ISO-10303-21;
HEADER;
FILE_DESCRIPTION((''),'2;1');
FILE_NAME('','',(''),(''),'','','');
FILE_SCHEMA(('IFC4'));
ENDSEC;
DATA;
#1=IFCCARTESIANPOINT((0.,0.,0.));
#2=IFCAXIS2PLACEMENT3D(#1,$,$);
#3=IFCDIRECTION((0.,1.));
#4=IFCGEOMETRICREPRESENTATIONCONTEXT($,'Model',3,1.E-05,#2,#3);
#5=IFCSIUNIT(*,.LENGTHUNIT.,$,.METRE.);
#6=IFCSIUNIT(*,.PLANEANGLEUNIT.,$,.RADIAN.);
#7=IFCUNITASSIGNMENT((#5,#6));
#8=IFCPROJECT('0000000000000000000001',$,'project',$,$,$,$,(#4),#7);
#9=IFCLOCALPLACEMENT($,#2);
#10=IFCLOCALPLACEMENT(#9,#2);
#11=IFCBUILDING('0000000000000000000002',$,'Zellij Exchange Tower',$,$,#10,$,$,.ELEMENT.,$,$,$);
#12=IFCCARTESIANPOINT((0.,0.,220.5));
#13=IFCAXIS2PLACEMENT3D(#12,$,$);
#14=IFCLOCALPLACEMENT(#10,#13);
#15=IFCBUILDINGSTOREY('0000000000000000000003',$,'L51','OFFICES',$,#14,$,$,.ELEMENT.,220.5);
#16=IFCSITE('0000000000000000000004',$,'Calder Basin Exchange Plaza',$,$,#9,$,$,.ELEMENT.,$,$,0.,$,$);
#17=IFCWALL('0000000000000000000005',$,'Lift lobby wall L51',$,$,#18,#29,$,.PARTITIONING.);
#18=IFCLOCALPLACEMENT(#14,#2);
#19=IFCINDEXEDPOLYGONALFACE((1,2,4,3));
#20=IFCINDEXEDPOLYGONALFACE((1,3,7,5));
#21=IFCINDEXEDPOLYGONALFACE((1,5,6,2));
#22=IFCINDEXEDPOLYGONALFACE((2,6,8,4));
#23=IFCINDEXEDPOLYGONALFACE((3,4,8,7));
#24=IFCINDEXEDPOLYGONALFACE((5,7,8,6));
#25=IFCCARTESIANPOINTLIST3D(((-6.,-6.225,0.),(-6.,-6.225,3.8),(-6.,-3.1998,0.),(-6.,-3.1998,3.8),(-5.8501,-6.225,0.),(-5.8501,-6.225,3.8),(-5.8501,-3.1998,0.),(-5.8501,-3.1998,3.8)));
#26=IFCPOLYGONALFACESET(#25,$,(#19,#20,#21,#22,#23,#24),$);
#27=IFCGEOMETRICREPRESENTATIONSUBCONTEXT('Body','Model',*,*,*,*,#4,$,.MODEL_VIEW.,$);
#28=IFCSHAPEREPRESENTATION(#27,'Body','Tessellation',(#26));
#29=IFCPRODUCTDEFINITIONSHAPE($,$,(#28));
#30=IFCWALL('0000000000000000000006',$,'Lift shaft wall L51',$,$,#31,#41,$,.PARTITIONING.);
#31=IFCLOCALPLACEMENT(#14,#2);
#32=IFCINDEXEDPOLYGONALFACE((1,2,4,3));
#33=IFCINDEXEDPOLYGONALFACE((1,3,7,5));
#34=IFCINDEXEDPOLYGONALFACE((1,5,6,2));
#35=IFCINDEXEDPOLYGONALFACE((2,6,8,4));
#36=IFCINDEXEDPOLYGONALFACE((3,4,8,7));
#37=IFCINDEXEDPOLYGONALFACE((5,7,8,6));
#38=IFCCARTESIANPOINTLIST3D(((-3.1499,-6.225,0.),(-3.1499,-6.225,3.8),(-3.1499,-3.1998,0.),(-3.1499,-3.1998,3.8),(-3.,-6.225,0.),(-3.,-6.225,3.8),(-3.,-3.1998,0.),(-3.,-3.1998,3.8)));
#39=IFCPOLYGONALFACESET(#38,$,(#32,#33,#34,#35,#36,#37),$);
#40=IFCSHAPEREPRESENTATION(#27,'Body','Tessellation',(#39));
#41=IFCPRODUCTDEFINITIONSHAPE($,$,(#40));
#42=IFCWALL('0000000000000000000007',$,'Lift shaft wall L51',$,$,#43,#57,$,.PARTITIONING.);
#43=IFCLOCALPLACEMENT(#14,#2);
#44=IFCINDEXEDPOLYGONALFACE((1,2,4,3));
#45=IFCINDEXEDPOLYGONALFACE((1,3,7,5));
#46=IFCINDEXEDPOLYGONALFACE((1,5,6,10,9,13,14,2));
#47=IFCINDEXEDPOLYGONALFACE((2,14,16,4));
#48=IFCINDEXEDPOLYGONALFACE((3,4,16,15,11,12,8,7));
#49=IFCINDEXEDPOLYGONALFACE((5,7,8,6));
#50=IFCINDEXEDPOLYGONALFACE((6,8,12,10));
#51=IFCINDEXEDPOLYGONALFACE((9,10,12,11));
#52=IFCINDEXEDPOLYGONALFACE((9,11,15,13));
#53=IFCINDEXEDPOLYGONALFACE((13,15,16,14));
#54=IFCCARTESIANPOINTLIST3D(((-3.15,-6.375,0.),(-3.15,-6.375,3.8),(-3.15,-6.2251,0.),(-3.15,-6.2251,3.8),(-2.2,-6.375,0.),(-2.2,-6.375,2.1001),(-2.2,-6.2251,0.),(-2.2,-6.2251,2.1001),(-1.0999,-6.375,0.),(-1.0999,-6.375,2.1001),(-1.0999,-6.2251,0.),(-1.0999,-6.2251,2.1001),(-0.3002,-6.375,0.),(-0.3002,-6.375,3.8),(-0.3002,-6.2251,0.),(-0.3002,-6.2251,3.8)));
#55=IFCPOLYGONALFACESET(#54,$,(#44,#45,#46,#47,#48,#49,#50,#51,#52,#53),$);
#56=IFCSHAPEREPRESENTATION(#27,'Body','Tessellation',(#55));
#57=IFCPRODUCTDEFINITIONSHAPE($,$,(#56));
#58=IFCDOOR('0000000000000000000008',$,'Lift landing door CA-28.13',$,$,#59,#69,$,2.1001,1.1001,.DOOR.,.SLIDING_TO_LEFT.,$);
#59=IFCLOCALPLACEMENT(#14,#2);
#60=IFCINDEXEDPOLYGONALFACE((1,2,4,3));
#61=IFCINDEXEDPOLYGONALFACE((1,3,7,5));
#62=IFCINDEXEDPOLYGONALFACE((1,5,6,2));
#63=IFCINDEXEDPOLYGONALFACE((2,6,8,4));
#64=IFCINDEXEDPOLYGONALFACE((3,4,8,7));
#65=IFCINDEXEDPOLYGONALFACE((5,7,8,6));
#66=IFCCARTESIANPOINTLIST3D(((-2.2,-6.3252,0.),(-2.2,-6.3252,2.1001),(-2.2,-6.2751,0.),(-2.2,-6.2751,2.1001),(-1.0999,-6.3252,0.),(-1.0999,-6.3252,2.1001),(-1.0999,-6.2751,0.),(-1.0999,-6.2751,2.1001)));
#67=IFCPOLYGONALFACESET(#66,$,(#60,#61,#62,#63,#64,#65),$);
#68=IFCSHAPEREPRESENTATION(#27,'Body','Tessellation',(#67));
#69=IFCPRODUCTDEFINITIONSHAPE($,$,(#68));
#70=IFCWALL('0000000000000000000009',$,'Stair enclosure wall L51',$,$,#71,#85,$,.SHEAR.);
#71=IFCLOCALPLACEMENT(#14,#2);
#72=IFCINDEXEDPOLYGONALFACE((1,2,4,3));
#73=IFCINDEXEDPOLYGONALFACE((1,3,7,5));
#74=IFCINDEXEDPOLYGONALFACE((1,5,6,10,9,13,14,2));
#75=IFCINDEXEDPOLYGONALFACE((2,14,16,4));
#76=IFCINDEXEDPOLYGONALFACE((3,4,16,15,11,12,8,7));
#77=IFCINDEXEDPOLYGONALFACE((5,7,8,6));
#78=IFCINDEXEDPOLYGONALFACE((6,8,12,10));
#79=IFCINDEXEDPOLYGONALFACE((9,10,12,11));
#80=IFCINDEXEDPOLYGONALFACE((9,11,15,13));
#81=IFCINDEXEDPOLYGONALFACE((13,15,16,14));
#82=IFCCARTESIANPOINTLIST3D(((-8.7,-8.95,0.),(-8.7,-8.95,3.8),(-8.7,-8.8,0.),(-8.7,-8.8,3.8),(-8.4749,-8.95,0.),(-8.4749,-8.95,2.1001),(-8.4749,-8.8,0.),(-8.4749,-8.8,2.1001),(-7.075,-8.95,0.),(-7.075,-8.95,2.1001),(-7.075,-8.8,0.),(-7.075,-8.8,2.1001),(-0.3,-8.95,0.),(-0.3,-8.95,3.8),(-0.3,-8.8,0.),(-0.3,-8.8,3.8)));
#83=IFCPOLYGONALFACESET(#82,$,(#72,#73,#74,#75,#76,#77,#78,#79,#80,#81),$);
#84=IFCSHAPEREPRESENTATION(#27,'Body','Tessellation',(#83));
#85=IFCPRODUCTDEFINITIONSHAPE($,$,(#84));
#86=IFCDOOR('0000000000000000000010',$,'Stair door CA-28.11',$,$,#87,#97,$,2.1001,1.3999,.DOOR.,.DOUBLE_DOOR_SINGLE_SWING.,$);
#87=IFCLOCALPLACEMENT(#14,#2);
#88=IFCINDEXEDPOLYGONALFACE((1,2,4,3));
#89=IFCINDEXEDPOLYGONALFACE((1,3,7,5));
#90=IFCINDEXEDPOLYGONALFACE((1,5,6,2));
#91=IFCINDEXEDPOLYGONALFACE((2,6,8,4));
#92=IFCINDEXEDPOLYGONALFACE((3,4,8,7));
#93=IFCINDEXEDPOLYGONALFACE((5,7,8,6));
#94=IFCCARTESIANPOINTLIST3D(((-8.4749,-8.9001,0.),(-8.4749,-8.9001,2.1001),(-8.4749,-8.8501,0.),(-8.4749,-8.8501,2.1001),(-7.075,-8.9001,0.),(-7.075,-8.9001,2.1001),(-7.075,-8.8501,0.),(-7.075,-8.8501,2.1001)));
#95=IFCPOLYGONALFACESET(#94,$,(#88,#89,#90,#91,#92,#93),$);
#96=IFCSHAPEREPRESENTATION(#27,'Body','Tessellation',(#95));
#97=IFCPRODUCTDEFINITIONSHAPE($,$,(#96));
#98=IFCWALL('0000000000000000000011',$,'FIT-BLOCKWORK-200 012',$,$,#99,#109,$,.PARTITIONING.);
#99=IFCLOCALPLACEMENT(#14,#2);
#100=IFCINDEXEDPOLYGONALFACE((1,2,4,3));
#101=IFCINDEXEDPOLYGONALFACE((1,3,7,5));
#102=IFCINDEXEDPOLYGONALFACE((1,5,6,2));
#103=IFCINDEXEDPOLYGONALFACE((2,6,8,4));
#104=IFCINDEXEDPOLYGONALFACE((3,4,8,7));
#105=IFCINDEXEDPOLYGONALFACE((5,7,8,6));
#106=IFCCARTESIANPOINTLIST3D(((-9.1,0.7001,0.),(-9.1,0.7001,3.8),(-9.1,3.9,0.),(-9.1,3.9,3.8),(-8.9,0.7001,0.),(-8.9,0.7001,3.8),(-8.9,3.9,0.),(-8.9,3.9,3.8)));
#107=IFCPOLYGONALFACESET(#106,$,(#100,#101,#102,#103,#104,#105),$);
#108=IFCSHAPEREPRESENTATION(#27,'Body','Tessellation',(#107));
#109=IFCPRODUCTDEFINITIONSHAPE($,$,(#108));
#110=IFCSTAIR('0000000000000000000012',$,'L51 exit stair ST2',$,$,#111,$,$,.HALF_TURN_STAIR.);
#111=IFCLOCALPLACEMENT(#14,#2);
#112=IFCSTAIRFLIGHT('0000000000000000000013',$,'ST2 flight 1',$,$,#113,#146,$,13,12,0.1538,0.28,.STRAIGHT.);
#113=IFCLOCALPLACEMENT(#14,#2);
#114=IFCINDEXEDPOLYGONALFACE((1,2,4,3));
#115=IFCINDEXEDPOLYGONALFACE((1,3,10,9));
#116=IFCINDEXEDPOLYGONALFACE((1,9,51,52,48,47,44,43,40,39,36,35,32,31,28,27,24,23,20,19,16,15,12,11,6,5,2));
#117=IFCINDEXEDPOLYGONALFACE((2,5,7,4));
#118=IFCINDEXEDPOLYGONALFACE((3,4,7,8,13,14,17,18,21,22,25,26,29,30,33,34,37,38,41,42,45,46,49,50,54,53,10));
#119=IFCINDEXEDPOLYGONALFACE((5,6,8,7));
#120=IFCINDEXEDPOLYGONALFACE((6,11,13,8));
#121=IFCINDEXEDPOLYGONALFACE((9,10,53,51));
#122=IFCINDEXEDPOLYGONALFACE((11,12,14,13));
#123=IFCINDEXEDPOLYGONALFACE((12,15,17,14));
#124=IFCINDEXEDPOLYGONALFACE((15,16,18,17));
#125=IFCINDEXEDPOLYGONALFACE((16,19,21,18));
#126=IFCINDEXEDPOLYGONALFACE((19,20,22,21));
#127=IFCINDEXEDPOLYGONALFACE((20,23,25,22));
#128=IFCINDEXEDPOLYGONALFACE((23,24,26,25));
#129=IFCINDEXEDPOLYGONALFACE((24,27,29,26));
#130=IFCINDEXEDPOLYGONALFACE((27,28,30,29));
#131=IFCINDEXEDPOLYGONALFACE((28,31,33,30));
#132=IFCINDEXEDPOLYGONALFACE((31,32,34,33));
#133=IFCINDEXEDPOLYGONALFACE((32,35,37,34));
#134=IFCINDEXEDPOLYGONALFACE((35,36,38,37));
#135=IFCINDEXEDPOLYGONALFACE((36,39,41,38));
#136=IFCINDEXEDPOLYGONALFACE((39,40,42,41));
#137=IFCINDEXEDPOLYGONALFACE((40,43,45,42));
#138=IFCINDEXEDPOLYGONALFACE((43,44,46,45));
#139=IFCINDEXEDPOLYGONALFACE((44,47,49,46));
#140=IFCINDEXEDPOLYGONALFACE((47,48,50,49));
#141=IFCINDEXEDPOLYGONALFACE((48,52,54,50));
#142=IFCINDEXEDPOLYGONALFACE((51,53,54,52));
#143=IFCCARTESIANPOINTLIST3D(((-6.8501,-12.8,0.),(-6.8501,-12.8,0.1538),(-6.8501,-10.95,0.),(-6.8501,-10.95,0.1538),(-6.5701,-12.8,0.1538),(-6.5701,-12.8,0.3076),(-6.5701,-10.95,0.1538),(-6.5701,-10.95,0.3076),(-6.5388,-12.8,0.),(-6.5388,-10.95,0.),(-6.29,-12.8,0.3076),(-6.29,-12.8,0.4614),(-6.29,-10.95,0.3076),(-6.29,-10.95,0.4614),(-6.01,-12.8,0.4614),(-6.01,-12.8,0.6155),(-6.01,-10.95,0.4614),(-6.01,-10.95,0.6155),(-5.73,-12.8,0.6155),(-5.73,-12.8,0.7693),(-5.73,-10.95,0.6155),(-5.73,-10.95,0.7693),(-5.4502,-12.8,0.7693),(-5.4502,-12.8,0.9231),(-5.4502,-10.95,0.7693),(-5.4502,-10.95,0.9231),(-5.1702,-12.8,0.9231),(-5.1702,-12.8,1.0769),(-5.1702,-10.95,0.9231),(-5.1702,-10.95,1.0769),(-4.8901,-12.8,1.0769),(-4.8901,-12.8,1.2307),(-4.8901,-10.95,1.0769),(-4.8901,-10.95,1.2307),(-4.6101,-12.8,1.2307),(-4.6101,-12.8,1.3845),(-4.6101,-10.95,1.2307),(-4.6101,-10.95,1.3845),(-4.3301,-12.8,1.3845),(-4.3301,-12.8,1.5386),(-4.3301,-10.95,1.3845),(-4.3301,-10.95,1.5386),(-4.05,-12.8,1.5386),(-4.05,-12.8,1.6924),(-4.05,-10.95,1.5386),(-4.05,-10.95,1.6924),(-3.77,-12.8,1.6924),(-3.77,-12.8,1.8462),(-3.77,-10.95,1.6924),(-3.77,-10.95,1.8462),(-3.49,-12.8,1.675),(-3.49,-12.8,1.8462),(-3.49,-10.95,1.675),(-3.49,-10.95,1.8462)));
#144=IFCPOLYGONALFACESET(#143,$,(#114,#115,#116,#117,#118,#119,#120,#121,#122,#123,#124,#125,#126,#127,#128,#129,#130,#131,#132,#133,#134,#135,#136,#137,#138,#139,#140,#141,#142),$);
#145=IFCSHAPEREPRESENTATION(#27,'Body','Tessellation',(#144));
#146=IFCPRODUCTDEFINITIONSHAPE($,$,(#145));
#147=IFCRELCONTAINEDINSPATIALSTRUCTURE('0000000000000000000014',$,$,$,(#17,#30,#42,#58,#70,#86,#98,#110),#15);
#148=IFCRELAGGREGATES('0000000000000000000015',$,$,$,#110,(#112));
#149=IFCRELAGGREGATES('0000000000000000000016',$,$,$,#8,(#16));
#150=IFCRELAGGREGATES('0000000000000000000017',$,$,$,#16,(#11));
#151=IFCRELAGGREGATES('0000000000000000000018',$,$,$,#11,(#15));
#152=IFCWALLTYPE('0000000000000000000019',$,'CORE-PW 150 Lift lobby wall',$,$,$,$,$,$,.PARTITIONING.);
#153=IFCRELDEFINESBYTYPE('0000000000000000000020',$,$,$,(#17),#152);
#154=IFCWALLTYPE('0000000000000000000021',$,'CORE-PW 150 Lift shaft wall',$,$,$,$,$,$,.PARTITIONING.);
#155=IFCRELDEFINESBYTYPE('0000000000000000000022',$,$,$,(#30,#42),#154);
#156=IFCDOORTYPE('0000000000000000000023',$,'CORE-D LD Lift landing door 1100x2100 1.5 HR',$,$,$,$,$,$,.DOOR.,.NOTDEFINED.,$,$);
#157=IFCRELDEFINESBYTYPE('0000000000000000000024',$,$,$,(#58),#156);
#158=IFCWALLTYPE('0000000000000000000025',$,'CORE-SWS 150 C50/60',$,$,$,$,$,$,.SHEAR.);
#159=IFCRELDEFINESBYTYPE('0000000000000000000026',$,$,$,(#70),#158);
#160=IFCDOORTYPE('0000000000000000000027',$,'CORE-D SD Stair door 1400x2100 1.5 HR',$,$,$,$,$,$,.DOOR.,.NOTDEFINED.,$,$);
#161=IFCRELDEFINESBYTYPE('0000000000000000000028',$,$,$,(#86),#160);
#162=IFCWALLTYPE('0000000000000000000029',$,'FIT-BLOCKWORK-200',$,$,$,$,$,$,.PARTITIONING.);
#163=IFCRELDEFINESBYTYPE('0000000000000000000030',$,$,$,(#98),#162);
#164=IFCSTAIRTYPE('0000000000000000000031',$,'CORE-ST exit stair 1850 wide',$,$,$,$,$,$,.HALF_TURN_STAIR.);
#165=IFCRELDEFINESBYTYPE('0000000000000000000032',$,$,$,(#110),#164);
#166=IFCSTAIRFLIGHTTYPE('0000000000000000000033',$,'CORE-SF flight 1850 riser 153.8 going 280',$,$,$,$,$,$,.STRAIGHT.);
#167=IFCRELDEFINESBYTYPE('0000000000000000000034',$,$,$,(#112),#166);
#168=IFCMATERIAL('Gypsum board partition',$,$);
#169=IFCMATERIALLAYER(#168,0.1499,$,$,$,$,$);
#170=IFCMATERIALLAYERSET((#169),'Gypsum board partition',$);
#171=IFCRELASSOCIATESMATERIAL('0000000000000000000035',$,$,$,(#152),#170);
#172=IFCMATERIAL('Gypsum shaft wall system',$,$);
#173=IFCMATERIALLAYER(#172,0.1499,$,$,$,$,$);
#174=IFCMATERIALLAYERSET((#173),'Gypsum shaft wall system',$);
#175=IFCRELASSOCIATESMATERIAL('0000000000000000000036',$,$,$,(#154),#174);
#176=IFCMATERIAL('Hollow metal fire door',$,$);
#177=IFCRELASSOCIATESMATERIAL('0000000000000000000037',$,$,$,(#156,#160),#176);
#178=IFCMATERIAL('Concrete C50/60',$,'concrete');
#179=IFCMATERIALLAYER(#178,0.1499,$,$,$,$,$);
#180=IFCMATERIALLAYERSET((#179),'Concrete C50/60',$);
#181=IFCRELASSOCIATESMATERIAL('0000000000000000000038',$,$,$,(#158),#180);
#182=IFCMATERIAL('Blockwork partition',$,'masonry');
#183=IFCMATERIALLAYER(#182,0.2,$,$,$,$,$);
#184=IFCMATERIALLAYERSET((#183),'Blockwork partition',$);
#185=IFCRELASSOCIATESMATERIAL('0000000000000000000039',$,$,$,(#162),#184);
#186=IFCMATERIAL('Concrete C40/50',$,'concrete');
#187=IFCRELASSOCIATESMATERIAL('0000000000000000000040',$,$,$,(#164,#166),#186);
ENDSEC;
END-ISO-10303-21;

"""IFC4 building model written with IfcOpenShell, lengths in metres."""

from ifc_helpers import new_model, si_unit, direction, frame, frame_2d, origin, place, context, subcontext, project, spatial, polyline, rectangle, outline, extrude, material, layer, layer_set, type_object, element, fill, aggregate, save


model = new_model("IFC4")

# Units and contexts
model_context = context("Model", 3, precision=1e-05, world=origin(), true_north=direction((0.0, 1.0)))
body_context = subcontext(model_context, "Body", "Model", "MODEL_VIEW")
ifc_project = project(units=[si_unit("LENGTHUNIT", "METRE"), si_unit("PLANEANGLEUNIT", "RADIAN")], contexts=[model_context])

# Site, building, storey
site_placement = place(None, origin())
site = spatial("IfcSite", under=ifc_project, at=site_placement, Name="Calder Basin Exchange Plaza", CompositionType="ELEMENT", RefElevation=0.0)
building_placement = place(site_placement, origin())
building = spatial("IfcBuilding", under=site, at=building_placement, Name="Zellij Exchange Tower", CompositionType="ELEMENT")
storey_placement = place(building_placement, frame((0.0, 0.0, 220.5)))
storey = spatial("IfcBuildingStorey", under=building, at=storey_placement, Name="L51", Description="OFFICES", CompositionType="ELEMENT", Elevation=220.5)

# Shared definitions
ifc_material_1 = material(Name="Concrete C50/60", Category="concrete")

# Shared definitions
ifc_material_2 = material(Name="Concrete C40/50", Category="concrete")

# Shared definitions
ifc_material_3 = material(Name="Gypsum shaft wall system")
ifc_material_4 = material(Name="Hollow metal fire door")

# Walls
ifc_material_5 = material(Name="Gypsum board partition")
ifc_layer_1 = layer(ifc_material_5, 0.1499)
ifc_layer_set_1 = layer_set([ifc_layer_1], Name="Gypsum board partition")
wall_type_1 = type_object("IfcWallType", Name="CORE-PW 150 Lift lobby wall", PredefinedType="PARTITIONING", material=ifc_layer_set_1)
wall_1_placement = place(storey_placement, frame((-5.925, -6.2251, 0.0), z_axis=(0.0, 0.0, 1.0), x_axis=(0.0, 1.0, 0.0)))
element("IfcWall", 1, at=wall_1_placement, inside=storey, type_object=wall_type_1, Name="Lift lobby wall L51", PredefinedType="PARTITIONING", context=body_context, shape_type="SweptSolid", body=[
    extrude(rectangle(XDim=3.0251, YDim=0.1499, at=frame_2d((1.5127, 0.0))), origin(), (0.0, 0.0, 1.0), 3.8),
])
ifc_layer_2 = layer(ifc_material_3, 0.1499)
ifc_layer_set_2 = layer_set([ifc_layer_2], Name="Gypsum shaft wall system")
wall_type_2 = type_object("IfcWallType", Name="CORE-PW 150 Lift shaft wall", PredefinedType="PARTITIONING", material=ifc_layer_set_2)
wall_2_placement = place(storey_placement, frame((-3.075, -6.2251, 0.0), z_axis=(0.0, 0.0, 1.0), x_axis=(0.0, 1.0, 0.0)))
element("IfcWall", 2, at=wall_2_placement, inside=storey, type_object=wall_type_2, Name="Lift shaft wall L51", PredefinedType="PARTITIONING", context=body_context, shape_type="SweptSolid", body=[
    extrude(rectangle(XDim=3.0251, YDim=0.1499, at=frame_2d((1.5127, 0.0))), origin(), (0.0, 0.0, 1.0), 3.8),
])

# Walls, openings, doors
wall_3_placement = place(storey_placement, frame((-3.1499, -6.3, 0.0), z_axis=(0.0, 0.0, 1.0), x_axis=(1.0, 0.0, 0.0)))
wall_3 = element("IfcWall", 3, at=wall_3_placement, inside=storey, type_object=wall_type_2, Name="Lift shaft wall L51", PredefinedType="PARTITIONING", context=body_context, shape_type="SweptSolid", body=[
    extrude(rectangle(XDim=2.8499, YDim=0.1499, at=frame_2d((1.4248, 0.0))), origin(), (0.0, 0.0, 1.0), 3.8),
])
opening_1_placement = place(wall_3_placement, frame((0.95, 0.0, 0.0)))
opening_1 = element("IfcOpeningElement", 4, at=opening_1_placement, cuts=wall_3, PredefinedType="OPENING", context=body_context, shape_type="SweptSolid", body=[
    extrude(rectangle(XDim=1.1001, YDim=2.1001, at=frame_2d((0.55, 1.05))), frame((0.0, 0.0869, 0.0), z_axis=(0.0, -1.0, 0.0), x_axis=(1.0, 0.0, 0.0)), (0.0, 0.0, 1.0), 0.1738),
])
door_type_1 = type_object("IfcDoorType", Name="CORE-D LD Lift landing door 1100x2100 1.5 HR", OperationType="NOTDEFINED", PredefinedType="DOOR", material=ifc_material_4)
door_1_placement = place(opening_1_placement, origin())
door_1 = element("IfcDoor", 5, at=door_1_placement, inside=storey, type_object=door_type_1, Name="Lift landing door CA-28.13", OperationType="SLIDING_TO_LEFT", OverallHeight=2.1001, OverallWidth=1.1001, PredefinedType="DOOR", context=body_context, shape_type="SweptSolid", body=[
    extrude(rectangle(XDim=1.1001, YDim=2.1001, at=frame_2d((0.55, 1.05))), frame((0.0, 0.0249, 0.0), z_axis=(0.0, -1.0, 0.0), x_axis=(1.0, 0.0, 0.0)), (0.0, 0.0, 1.0), 0.05),
])
fill(opening_1, door_1)
ifc_layer_3 = layer(ifc_material_1, 0.1499)
ifc_layer_set_3 = layer_set([ifc_layer_3], Name="Concrete C50/60")
wall_type_3 = type_object("IfcWallType", Name="CORE-SWS 150 C50/60", PredefinedType="SHEAR", material=ifc_layer_set_3)
wall_4_placement = place(storey_placement, frame((-8.7, -8.875, 0.0), z_axis=(0.0, 0.0, 1.0), x_axis=(1.0, 0.0, 0.0)))
wall_4 = element("IfcWall", 6, at=wall_4_placement, inside=storey, type_object=wall_type_3, Name="Stair enclosure wall L51", PredefinedType="SHEAR", context=body_context, shape_type="SweptSolid", body=[
    extrude(rectangle(XDim=8.3999, YDim=0.1499, at=frame_2d((4.2, 0.0))), origin(), (0.0, 0.0, 1.0), 3.8),
])
opening_2_placement = place(wall_4_placement, frame((0.2251, 0.0, 0.0)))
opening_2 = element("IfcOpeningElement", 7, at=opening_2_placement, cuts=wall_4, PredefinedType="OPENING", context=body_context, shape_type="SweptSolid", body=[
    extrude(rectangle(XDim=1.3999, YDim=2.1001, at=frame_2d((0.7, 1.05))), frame((0.0, 0.0869, 0.0), z_axis=(0.0, -1.0, 0.0), x_axis=(1.0, 0.0, 0.0)), (0.0, 0.0, 1.0), 0.1738),
])
door_type_2 = type_object("IfcDoorType", Name="CORE-D SD Stair door 1400x2100 1.5 HR", OperationType="NOTDEFINED", PredefinedType="DOOR", material=ifc_material_4)
door_2_placement = place(opening_2_placement, origin())
door_2 = element("IfcDoor", 8, at=door_2_placement, inside=storey, type_object=door_type_2, Name="Stair door CA-28.11", OperationType="DOUBLE_DOOR_SINGLE_SWING", OverallHeight=2.1001, OverallWidth=1.3999, PredefinedType="DOOR", context=body_context, shape_type="SweptSolid", body=[
    extrude(rectangle(XDim=1.3999, YDim=2.1001, at=frame_2d((0.7, 1.05))), frame((0.0, 0.0249, 0.0), z_axis=(0.0, -1.0, 0.0), x_axis=(1.0, 0.0, 0.0)), (0.0, 0.0, 1.0), 0.05),
])
fill(opening_2, door_2)

# Wall
ifc_material_6 = material(Name="Blockwork partition", Category="masonry")
ifc_layer_4 = layer(ifc_material_6, 0.2)
ifc_layer_set_4 = layer_set([ifc_layer_4], Name="Blockwork partition")
wall_type_4 = type_object("IfcWallType", Name="FIT-BLOCKWORK-200", PredefinedType="PARTITIONING", material=ifc_layer_set_4)
wall_5_placement = place(storey_placement, frame((-9.0, 0.7, 0.0), z_axis=(0.0, 0.0, 1.0), x_axis=(0.0, 1.0, 0.0)))
element("IfcWall", 9, at=wall_5_placement, inside=storey, type_object=wall_type_4, Name="FIT-BLOCKWORK-200 012", PredefinedType="PARTITIONING", context=body_context, shape_type="SweptSolid", body=[
    extrude(rectangle(XDim=3.2, YDim=0.2, at=frame_2d((1.6001, 0.0))), origin(), (0.0, 0.0, 1.0), 3.8),
])

# Stair, stair flight
stair_type = type_object("IfcStairType", Name="CORE-ST exit stair 1850 wide", PredefinedType="HALF_TURN_STAIR", material=ifc_material_2)
stair_placement = place(storey_placement, origin())
stair = element("IfcStair", 10, at=stair_placement, inside=storey, type_object=stair_type, Name="L51 exit stair ST2", PredefinedType="HALF_TURN_STAIR")
stair_flight_type = type_object("IfcStairFlightType", Name="CORE-SF flight 1850 riser 153.8 going 280", PredefinedType="STRAIGHT", material=ifc_material_2)
stair_flight_1_placement = place(storey_placement, frame((-6.8501, -11.875, 0.0), z_axis=(0.0, 0.0, 1.0), x_axis=(1.0, 0.0, 0.0)))
stair_flight_1 = element("IfcStairFlight", 11, at=stair_flight_1_placement, type_object=stair_flight_type, Name="ST2 flight 1", NumberOfRisers=13, NumberOfTreads=12, PredefinedType="STRAIGHT", RiserHeight=0.1538, TreadLength=0.28, context=body_context, shape_type="SweptSolid", body=[
    extrude(outline(polyline([(0.0, 0.0), (0.0, 0.1538), (0.28, 0.1538), (0.28, 0.3076), (0.5601, 0.3076), (0.5601, 0.4614), (0.8401, 0.4614), (0.8401, 0.6155), (1.1201, 0.6155), (1.1201, 0.7693), (1.3999, 0.7693), (1.3999, 0.9231), (1.6799, 0.9231), (1.6799, 1.0769), (1.96, 1.0769), (1.96, 1.2307), (2.24, 1.2307), (2.24, 1.3845), (2.52, 1.3845), (2.52, 1.5386), (2.8, 1.5386), (2.8, 1.6924), (3.0801, 1.6924), (3.0801, 1.8462), (3.3601, 1.8462), (3.3601, 2.0), (3.3601, 1.675), (0.3113, 0.0), (0.0, 0.0)])), frame((0.0, 0.925, 0.0), z_axis=(0.0, -1.0, 0.0), x_axis=(1.0, 0.0, 0.0)), (0.0, 0.0, 1.0), 1.8501),
])
aggregate(stair, [stair_flight_1])

save(model, "model.ifc")
